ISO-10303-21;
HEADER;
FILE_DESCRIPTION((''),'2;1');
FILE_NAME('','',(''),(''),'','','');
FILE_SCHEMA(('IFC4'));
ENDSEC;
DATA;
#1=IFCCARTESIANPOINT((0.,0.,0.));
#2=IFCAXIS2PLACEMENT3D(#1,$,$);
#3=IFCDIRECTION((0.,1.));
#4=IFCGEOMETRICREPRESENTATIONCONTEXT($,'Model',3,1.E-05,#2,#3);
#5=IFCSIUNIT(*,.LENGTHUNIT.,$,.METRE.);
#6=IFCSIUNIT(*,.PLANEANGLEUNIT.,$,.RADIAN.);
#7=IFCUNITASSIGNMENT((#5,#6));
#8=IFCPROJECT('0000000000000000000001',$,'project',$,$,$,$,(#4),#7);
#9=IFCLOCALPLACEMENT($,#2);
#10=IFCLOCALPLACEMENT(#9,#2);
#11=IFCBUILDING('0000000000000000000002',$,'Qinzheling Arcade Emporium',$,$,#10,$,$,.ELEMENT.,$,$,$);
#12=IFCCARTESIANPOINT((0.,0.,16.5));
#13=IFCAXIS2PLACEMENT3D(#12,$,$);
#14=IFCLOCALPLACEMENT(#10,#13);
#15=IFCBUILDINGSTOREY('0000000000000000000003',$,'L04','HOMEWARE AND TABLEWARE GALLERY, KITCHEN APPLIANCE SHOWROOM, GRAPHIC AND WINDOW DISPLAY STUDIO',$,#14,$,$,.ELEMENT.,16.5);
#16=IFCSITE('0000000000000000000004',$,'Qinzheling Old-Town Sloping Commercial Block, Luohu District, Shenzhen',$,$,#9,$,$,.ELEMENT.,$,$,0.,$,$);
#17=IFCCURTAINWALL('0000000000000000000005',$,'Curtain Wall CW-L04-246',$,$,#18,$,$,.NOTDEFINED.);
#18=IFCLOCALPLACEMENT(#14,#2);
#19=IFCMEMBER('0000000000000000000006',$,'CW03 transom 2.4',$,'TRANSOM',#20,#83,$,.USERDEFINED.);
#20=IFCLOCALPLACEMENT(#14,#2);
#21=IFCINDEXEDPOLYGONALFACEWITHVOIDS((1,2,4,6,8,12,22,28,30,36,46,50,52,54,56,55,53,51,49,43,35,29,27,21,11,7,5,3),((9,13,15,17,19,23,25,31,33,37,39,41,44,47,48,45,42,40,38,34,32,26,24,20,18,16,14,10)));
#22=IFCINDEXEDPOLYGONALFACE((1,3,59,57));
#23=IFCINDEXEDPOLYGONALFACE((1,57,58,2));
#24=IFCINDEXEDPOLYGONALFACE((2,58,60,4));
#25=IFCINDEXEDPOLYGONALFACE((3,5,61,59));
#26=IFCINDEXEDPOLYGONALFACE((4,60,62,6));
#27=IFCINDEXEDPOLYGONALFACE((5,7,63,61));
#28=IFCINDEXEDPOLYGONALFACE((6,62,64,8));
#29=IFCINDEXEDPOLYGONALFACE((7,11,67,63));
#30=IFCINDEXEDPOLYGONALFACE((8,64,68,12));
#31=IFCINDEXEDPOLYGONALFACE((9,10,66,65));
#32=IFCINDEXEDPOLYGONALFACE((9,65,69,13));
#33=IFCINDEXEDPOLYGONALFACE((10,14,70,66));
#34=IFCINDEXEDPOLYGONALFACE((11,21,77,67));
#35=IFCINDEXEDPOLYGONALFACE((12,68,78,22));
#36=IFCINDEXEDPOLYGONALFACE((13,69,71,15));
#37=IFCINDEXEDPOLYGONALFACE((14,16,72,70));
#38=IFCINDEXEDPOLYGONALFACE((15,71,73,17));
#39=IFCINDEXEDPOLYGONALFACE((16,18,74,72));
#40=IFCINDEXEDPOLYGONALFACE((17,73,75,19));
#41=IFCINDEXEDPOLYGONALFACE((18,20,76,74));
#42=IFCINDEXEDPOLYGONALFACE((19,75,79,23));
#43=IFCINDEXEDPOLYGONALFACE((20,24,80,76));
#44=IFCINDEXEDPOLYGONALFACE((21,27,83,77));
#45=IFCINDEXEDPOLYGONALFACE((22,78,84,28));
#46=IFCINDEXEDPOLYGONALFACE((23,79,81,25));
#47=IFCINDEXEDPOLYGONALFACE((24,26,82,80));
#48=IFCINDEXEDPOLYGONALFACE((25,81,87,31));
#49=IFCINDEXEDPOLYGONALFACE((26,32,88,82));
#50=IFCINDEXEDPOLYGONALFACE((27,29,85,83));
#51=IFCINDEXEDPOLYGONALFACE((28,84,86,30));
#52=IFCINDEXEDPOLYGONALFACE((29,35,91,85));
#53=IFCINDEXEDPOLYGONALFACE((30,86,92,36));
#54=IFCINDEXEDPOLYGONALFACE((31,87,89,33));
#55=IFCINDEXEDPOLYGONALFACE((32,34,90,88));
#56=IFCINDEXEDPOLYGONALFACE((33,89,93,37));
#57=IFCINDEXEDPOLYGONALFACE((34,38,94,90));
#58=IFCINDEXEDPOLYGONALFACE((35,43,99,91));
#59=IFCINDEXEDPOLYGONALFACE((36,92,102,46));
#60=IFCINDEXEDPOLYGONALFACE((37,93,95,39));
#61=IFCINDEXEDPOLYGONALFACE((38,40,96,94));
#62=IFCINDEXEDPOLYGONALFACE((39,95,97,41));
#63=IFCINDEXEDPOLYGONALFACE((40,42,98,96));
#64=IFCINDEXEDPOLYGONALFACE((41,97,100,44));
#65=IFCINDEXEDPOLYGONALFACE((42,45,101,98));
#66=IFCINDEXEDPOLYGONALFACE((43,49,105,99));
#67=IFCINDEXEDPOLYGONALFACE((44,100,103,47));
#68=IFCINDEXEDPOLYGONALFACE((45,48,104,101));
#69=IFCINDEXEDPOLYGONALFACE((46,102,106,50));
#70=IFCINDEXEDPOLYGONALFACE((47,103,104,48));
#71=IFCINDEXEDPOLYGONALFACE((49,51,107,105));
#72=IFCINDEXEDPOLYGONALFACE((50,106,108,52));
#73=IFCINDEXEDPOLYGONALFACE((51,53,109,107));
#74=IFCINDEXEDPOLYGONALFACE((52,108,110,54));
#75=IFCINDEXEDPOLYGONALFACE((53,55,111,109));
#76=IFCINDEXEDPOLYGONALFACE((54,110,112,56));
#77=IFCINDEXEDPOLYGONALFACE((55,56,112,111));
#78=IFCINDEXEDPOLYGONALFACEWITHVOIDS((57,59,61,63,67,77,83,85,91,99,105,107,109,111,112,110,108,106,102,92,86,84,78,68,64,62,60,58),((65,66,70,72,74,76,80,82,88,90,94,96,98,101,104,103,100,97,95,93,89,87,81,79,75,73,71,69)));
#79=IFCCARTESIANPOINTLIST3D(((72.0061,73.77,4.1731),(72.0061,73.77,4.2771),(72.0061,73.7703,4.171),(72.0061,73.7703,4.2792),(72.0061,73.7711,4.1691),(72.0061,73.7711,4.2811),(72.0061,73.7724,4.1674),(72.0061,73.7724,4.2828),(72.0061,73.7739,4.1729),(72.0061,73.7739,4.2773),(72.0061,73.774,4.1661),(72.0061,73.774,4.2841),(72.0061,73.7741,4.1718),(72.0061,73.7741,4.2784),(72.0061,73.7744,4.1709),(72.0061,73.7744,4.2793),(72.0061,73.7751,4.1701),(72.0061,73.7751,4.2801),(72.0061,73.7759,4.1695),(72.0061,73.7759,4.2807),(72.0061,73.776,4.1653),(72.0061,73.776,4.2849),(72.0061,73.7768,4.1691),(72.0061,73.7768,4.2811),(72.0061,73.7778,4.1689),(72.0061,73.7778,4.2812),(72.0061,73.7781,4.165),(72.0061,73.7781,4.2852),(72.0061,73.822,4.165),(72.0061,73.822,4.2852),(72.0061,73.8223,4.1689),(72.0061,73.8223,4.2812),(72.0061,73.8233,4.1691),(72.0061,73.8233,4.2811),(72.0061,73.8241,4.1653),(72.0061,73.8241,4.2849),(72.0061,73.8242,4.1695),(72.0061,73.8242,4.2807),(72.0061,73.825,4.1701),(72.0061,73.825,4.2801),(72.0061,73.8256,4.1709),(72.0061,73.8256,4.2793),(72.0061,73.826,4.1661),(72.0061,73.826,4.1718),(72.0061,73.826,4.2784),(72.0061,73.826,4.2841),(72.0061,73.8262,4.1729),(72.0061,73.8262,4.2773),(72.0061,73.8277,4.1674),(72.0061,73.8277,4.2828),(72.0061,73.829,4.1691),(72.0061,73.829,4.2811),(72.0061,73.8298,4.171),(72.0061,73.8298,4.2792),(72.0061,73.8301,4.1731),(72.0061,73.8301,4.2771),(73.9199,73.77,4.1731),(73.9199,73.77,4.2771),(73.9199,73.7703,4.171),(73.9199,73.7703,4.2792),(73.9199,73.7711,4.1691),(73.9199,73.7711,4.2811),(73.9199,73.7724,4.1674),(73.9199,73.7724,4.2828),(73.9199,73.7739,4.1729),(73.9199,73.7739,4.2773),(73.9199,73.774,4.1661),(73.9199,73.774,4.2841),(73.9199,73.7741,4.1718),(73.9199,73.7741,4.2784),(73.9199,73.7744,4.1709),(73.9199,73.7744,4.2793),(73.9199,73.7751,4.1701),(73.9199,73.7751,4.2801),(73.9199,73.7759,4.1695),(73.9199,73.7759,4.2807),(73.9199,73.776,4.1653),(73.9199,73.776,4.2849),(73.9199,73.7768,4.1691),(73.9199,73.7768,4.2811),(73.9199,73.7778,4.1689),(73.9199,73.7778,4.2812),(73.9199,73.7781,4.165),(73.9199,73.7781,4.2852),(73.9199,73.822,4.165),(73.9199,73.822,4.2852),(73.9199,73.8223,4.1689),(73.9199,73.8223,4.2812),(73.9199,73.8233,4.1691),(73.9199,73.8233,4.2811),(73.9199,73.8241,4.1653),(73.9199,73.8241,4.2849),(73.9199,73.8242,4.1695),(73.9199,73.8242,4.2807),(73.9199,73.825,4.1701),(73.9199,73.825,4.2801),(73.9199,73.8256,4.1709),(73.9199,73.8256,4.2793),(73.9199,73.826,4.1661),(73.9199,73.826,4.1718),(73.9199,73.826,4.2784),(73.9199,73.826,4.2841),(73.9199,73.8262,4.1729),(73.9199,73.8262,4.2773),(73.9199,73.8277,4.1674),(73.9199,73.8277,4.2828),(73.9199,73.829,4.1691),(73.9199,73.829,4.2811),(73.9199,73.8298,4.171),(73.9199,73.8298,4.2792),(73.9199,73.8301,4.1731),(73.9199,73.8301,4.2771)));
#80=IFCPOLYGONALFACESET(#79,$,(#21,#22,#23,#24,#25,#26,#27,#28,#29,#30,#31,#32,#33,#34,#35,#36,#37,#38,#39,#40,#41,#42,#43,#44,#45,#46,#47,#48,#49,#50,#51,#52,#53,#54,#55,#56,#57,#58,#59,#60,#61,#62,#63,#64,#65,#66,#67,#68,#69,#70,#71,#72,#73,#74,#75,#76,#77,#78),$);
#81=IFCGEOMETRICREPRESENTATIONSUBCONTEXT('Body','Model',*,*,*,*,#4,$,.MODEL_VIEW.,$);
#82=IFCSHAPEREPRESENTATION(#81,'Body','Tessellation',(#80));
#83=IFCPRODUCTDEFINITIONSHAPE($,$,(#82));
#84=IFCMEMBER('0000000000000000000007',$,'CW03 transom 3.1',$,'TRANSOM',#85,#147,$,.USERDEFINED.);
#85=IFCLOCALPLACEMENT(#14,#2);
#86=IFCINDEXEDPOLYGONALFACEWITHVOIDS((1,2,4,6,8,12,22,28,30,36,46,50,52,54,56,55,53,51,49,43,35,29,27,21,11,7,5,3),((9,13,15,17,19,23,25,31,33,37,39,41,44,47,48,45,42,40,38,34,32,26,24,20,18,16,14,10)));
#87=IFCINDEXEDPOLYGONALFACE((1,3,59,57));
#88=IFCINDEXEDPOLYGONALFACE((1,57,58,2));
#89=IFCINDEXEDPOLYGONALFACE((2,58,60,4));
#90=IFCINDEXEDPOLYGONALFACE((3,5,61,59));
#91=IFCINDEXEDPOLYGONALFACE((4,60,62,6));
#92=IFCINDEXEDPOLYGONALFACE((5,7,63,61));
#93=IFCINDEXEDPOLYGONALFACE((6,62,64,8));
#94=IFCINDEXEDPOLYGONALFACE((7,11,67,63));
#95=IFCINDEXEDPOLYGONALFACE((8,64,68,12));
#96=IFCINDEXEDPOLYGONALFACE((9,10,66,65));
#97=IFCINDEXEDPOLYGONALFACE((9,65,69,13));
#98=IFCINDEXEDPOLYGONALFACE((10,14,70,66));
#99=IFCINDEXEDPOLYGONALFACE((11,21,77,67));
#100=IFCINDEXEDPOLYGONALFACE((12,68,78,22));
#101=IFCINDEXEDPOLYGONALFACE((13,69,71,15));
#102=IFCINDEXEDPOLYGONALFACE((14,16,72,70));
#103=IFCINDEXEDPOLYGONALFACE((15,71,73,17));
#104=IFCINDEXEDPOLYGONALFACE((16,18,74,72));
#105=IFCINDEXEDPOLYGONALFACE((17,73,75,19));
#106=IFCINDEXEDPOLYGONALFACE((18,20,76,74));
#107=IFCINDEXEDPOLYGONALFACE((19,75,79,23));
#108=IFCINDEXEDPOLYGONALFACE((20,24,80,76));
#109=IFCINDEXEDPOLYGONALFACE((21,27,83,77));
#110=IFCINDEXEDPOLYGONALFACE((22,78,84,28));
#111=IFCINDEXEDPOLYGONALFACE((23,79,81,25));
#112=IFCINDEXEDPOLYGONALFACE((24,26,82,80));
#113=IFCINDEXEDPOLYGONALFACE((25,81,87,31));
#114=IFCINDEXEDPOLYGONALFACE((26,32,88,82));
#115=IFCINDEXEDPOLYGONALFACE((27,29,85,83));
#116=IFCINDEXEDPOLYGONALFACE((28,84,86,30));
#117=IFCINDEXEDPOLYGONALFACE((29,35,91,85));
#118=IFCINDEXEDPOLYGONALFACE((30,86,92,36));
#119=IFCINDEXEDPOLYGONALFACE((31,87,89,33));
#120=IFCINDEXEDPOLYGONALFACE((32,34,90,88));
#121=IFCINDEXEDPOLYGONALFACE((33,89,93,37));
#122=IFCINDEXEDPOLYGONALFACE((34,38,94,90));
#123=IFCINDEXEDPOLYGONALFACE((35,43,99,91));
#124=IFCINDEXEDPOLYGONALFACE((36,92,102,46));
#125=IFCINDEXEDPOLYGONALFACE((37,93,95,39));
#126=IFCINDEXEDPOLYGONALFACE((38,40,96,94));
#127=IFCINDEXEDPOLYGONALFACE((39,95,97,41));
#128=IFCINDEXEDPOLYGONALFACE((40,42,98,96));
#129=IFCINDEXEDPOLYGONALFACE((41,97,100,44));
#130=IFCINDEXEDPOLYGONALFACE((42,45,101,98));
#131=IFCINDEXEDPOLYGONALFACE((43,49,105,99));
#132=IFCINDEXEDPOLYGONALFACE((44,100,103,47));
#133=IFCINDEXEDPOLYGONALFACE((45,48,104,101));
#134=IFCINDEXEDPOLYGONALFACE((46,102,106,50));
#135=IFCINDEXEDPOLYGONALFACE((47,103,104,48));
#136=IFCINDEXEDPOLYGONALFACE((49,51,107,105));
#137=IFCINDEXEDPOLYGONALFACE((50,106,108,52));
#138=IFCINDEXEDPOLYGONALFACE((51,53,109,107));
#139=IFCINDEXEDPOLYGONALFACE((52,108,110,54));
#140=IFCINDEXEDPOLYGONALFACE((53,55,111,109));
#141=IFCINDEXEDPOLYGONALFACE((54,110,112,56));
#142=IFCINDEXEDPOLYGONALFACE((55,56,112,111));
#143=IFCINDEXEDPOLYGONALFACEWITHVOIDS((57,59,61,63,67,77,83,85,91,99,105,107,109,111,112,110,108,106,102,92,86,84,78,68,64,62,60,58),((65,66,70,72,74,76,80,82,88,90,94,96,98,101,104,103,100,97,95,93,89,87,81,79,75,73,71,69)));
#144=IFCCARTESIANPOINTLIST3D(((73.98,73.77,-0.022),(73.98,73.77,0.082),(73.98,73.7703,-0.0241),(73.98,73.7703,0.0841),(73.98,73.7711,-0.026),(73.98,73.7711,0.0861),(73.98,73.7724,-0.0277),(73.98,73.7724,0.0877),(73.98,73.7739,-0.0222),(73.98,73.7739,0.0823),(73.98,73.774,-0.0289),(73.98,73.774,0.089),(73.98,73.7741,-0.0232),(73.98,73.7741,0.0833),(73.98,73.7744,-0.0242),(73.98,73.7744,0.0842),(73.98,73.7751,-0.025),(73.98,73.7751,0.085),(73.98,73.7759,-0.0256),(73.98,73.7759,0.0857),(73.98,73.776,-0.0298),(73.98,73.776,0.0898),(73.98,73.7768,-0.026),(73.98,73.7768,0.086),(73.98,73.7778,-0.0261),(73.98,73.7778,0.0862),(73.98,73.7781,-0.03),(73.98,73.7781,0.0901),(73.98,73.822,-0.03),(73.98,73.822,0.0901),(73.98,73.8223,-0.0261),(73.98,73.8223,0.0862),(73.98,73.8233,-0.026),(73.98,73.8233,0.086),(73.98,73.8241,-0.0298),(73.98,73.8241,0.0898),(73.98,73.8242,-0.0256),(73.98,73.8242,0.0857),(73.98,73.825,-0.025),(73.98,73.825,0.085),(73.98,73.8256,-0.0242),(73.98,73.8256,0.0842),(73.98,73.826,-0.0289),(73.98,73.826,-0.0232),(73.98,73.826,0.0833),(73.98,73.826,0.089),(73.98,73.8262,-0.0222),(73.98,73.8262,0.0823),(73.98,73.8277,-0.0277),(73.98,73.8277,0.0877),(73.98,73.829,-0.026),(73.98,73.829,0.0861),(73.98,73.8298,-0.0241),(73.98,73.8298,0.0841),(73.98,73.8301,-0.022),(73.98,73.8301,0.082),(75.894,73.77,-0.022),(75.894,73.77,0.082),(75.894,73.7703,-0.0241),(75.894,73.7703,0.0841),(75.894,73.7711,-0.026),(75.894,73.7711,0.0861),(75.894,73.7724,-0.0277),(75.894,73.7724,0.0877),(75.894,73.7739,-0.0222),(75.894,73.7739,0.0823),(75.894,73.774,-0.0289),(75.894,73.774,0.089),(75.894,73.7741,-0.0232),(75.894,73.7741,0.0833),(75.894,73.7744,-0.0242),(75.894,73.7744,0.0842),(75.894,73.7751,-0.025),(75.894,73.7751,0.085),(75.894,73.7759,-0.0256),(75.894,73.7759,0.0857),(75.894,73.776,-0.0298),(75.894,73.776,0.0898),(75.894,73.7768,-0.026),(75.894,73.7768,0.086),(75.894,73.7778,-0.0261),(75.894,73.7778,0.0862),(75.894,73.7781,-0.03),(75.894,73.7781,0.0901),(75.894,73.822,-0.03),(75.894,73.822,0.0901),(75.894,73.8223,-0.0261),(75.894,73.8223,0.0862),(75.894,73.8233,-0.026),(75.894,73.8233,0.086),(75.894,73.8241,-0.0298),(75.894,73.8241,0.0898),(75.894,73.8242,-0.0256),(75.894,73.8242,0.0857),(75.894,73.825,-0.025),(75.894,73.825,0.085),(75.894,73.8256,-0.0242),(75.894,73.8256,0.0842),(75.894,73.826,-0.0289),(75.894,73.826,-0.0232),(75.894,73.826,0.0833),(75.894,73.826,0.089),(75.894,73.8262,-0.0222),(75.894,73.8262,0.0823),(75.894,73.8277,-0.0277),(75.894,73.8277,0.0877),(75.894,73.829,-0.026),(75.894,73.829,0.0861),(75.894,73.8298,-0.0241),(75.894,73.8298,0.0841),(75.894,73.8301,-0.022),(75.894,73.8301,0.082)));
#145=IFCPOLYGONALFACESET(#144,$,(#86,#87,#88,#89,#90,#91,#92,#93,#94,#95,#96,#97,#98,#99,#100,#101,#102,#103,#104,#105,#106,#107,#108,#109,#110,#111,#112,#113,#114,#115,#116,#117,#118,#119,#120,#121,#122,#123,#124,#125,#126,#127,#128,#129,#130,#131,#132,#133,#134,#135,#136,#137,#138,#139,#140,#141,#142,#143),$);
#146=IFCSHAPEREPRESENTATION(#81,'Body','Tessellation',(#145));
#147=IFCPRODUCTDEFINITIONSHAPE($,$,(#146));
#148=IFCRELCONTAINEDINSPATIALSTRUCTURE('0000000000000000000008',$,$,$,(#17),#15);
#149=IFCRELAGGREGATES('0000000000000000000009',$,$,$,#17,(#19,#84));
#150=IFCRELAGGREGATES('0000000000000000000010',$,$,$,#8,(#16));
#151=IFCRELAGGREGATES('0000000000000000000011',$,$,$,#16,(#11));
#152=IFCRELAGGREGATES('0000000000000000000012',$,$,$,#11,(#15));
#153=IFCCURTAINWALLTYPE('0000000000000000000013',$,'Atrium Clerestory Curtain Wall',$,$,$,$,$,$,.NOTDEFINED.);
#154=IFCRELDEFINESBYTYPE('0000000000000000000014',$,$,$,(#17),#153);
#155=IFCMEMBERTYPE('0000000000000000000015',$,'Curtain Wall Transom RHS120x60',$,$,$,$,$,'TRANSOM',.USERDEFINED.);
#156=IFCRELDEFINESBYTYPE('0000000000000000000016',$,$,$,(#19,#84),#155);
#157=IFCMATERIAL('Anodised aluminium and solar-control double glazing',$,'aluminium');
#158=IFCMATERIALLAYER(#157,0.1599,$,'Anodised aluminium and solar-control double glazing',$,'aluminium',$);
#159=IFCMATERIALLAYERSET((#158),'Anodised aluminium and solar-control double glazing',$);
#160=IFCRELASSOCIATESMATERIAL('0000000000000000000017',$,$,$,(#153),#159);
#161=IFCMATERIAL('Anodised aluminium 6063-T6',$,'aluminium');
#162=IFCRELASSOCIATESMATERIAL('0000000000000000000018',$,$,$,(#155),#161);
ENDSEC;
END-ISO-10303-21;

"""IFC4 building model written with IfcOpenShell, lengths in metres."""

from ifc_helpers import new_model, si_unit, direction, frame, origin, origin_2d, place, context, subcontext, project, spatial, hollow_rectangle, extrude, material, layer, layer_set, material_profile, profile_set, type_object, element, aggregate, save


model = new_model("IFC4")

# Units and contexts
model_context = context("Model", 3, precision=1e-05, world=origin(), true_north=direction((0.0, 1.0)))
body_context = subcontext(model_context, "Body", "Model", "MODEL_VIEW")
ifc_project = project(units=[si_unit("LENGTHUNIT", "METRE"), si_unit("PLANEANGLEUNIT", "RADIAN")], contexts=[model_context])

# Site, building, storey
site_placement = place(None, origin())
site = spatial("IfcSite", under=ifc_project, at=site_placement, Name="Qinzheling Old-Town Sloping Commercial Block, Luohu District, Shenzhen", CompositionType="ELEMENT", RefElevation=0.0)
building_placement = place(site_placement, origin())
building = spatial("IfcBuilding", under=site, at=building_placement, Name="Qinzheling Arcade Emporium", CompositionType="ELEMENT")
storey_placement = place(building_placement, frame((0.0, 0.0, 16.5)))
storey = spatial("IfcBuildingStorey", under=building, at=storey_placement, Name="L04", Description="HOMEWARE AND TABLEWARE GALLERY, KITCHEN APPLIANCE SHOWROOM, GRAPHIC AND WINDOW DISPLAY STUDIO", CompositionType="ELEMENT", Elevation=16.5)

# Curtain wall
ifc_material_1 = material(Name="Anodised aluminium and solar-control double glazing", Category="aluminium")
ifc_layer_1 = layer(ifc_material_1, 0.1599, Name="Anodised aluminium and solar-control double glazing", Category="aluminium")
ifc_layer_set_1 = layer_set([ifc_layer_1], Name="Anodised aluminium and solar-control double glazing")
curtain_wall_type = type_object("IfcCurtainWallType", Name="Atrium Clerestory Curtain Wall", PredefinedType="NOTDEFINED", material=ifc_layer_set_1)
ifc_material_2 = material(Name="Anodised aluminium 6063-T6", Category="aluminium")
curtain_wall_1_placement = place(storey_placement, origin())
curtain_wall_1 = element("IfcCurtainWall", 1, at=curtain_wall_1_placement, inside=storey, type_object=curtain_wall_type, Name="Curtain Wall CW-L04-246", PredefinedType="NOTDEFINED")

# Members
ifc_material_profile_1 = material_profile(ifc_material_2, hollow_rectangle(XDim=0.0601, YDim=0.1201, WallThickness=0.0039, InnerFilletRadius=0.0039, OuterFilletRadius=0.0081, at=origin_2d()), Name="RHS 120x60x4", Category="aluminium")
ifc_profile_set_1 = profile_set([ifc_material_profile_1], Name="Anodised aluminium 6063-T6")
member_type_1 = type_object("IfcMemberType", Name="Curtain Wall Transom RHS120x60", ElementType="TRANSOM", PredefinedType="USERDEFINED", material=ifc_profile_set_1)
member_1_placement = place(storey_placement, frame((72.0061, 73.8, 4.2251), z_axis=(1.0, 0.0, 0.0), x_axis=(0.0, 1.0, 0.0)))
member_1 = element("IfcMember", 2, at=member_1_placement, type_object=member_type_1, Name="CW03 transom 2.4", ObjectType="TRANSOM", PredefinedType="USERDEFINED", context=body_context, shape_type="SweptSolid", body=[
    extrude(hollow_rectangle(XDim=0.0601, YDim=0.1201, WallThickness=0.0039, InnerFilletRadius=0.0039, OuterFilletRadius=0.0081, at=origin_2d()), origin(), (0.0, 0.0, 1.0), 1.9138),
])
member_2_placement = place(storey_placement, frame((73.98, 73.8, 0.03), z_axis=(1.0, 0.0, 0.0), x_axis=(0.0, 1.0, 0.0)))
member_2 = element("IfcMember", 3, at=member_2_placement, type_object=member_type_1, Name="CW03 transom 3.1", ObjectType="TRANSOM", PredefinedType="USERDEFINED", context=body_context, shape_type="SweptSolid", body=[
    extrude(hollow_rectangle(XDim=0.0601, YDim=0.1201, WallThickness=0.0039, InnerFilletRadius=0.0039, OuterFilletRadius=0.0081, at=origin_2d()), origin(), (0.0, 0.0, 1.0), 1.9141),
])

aggregate(curtain_wall_1, [member_1, member_2])

save(model, "model.ifc")
